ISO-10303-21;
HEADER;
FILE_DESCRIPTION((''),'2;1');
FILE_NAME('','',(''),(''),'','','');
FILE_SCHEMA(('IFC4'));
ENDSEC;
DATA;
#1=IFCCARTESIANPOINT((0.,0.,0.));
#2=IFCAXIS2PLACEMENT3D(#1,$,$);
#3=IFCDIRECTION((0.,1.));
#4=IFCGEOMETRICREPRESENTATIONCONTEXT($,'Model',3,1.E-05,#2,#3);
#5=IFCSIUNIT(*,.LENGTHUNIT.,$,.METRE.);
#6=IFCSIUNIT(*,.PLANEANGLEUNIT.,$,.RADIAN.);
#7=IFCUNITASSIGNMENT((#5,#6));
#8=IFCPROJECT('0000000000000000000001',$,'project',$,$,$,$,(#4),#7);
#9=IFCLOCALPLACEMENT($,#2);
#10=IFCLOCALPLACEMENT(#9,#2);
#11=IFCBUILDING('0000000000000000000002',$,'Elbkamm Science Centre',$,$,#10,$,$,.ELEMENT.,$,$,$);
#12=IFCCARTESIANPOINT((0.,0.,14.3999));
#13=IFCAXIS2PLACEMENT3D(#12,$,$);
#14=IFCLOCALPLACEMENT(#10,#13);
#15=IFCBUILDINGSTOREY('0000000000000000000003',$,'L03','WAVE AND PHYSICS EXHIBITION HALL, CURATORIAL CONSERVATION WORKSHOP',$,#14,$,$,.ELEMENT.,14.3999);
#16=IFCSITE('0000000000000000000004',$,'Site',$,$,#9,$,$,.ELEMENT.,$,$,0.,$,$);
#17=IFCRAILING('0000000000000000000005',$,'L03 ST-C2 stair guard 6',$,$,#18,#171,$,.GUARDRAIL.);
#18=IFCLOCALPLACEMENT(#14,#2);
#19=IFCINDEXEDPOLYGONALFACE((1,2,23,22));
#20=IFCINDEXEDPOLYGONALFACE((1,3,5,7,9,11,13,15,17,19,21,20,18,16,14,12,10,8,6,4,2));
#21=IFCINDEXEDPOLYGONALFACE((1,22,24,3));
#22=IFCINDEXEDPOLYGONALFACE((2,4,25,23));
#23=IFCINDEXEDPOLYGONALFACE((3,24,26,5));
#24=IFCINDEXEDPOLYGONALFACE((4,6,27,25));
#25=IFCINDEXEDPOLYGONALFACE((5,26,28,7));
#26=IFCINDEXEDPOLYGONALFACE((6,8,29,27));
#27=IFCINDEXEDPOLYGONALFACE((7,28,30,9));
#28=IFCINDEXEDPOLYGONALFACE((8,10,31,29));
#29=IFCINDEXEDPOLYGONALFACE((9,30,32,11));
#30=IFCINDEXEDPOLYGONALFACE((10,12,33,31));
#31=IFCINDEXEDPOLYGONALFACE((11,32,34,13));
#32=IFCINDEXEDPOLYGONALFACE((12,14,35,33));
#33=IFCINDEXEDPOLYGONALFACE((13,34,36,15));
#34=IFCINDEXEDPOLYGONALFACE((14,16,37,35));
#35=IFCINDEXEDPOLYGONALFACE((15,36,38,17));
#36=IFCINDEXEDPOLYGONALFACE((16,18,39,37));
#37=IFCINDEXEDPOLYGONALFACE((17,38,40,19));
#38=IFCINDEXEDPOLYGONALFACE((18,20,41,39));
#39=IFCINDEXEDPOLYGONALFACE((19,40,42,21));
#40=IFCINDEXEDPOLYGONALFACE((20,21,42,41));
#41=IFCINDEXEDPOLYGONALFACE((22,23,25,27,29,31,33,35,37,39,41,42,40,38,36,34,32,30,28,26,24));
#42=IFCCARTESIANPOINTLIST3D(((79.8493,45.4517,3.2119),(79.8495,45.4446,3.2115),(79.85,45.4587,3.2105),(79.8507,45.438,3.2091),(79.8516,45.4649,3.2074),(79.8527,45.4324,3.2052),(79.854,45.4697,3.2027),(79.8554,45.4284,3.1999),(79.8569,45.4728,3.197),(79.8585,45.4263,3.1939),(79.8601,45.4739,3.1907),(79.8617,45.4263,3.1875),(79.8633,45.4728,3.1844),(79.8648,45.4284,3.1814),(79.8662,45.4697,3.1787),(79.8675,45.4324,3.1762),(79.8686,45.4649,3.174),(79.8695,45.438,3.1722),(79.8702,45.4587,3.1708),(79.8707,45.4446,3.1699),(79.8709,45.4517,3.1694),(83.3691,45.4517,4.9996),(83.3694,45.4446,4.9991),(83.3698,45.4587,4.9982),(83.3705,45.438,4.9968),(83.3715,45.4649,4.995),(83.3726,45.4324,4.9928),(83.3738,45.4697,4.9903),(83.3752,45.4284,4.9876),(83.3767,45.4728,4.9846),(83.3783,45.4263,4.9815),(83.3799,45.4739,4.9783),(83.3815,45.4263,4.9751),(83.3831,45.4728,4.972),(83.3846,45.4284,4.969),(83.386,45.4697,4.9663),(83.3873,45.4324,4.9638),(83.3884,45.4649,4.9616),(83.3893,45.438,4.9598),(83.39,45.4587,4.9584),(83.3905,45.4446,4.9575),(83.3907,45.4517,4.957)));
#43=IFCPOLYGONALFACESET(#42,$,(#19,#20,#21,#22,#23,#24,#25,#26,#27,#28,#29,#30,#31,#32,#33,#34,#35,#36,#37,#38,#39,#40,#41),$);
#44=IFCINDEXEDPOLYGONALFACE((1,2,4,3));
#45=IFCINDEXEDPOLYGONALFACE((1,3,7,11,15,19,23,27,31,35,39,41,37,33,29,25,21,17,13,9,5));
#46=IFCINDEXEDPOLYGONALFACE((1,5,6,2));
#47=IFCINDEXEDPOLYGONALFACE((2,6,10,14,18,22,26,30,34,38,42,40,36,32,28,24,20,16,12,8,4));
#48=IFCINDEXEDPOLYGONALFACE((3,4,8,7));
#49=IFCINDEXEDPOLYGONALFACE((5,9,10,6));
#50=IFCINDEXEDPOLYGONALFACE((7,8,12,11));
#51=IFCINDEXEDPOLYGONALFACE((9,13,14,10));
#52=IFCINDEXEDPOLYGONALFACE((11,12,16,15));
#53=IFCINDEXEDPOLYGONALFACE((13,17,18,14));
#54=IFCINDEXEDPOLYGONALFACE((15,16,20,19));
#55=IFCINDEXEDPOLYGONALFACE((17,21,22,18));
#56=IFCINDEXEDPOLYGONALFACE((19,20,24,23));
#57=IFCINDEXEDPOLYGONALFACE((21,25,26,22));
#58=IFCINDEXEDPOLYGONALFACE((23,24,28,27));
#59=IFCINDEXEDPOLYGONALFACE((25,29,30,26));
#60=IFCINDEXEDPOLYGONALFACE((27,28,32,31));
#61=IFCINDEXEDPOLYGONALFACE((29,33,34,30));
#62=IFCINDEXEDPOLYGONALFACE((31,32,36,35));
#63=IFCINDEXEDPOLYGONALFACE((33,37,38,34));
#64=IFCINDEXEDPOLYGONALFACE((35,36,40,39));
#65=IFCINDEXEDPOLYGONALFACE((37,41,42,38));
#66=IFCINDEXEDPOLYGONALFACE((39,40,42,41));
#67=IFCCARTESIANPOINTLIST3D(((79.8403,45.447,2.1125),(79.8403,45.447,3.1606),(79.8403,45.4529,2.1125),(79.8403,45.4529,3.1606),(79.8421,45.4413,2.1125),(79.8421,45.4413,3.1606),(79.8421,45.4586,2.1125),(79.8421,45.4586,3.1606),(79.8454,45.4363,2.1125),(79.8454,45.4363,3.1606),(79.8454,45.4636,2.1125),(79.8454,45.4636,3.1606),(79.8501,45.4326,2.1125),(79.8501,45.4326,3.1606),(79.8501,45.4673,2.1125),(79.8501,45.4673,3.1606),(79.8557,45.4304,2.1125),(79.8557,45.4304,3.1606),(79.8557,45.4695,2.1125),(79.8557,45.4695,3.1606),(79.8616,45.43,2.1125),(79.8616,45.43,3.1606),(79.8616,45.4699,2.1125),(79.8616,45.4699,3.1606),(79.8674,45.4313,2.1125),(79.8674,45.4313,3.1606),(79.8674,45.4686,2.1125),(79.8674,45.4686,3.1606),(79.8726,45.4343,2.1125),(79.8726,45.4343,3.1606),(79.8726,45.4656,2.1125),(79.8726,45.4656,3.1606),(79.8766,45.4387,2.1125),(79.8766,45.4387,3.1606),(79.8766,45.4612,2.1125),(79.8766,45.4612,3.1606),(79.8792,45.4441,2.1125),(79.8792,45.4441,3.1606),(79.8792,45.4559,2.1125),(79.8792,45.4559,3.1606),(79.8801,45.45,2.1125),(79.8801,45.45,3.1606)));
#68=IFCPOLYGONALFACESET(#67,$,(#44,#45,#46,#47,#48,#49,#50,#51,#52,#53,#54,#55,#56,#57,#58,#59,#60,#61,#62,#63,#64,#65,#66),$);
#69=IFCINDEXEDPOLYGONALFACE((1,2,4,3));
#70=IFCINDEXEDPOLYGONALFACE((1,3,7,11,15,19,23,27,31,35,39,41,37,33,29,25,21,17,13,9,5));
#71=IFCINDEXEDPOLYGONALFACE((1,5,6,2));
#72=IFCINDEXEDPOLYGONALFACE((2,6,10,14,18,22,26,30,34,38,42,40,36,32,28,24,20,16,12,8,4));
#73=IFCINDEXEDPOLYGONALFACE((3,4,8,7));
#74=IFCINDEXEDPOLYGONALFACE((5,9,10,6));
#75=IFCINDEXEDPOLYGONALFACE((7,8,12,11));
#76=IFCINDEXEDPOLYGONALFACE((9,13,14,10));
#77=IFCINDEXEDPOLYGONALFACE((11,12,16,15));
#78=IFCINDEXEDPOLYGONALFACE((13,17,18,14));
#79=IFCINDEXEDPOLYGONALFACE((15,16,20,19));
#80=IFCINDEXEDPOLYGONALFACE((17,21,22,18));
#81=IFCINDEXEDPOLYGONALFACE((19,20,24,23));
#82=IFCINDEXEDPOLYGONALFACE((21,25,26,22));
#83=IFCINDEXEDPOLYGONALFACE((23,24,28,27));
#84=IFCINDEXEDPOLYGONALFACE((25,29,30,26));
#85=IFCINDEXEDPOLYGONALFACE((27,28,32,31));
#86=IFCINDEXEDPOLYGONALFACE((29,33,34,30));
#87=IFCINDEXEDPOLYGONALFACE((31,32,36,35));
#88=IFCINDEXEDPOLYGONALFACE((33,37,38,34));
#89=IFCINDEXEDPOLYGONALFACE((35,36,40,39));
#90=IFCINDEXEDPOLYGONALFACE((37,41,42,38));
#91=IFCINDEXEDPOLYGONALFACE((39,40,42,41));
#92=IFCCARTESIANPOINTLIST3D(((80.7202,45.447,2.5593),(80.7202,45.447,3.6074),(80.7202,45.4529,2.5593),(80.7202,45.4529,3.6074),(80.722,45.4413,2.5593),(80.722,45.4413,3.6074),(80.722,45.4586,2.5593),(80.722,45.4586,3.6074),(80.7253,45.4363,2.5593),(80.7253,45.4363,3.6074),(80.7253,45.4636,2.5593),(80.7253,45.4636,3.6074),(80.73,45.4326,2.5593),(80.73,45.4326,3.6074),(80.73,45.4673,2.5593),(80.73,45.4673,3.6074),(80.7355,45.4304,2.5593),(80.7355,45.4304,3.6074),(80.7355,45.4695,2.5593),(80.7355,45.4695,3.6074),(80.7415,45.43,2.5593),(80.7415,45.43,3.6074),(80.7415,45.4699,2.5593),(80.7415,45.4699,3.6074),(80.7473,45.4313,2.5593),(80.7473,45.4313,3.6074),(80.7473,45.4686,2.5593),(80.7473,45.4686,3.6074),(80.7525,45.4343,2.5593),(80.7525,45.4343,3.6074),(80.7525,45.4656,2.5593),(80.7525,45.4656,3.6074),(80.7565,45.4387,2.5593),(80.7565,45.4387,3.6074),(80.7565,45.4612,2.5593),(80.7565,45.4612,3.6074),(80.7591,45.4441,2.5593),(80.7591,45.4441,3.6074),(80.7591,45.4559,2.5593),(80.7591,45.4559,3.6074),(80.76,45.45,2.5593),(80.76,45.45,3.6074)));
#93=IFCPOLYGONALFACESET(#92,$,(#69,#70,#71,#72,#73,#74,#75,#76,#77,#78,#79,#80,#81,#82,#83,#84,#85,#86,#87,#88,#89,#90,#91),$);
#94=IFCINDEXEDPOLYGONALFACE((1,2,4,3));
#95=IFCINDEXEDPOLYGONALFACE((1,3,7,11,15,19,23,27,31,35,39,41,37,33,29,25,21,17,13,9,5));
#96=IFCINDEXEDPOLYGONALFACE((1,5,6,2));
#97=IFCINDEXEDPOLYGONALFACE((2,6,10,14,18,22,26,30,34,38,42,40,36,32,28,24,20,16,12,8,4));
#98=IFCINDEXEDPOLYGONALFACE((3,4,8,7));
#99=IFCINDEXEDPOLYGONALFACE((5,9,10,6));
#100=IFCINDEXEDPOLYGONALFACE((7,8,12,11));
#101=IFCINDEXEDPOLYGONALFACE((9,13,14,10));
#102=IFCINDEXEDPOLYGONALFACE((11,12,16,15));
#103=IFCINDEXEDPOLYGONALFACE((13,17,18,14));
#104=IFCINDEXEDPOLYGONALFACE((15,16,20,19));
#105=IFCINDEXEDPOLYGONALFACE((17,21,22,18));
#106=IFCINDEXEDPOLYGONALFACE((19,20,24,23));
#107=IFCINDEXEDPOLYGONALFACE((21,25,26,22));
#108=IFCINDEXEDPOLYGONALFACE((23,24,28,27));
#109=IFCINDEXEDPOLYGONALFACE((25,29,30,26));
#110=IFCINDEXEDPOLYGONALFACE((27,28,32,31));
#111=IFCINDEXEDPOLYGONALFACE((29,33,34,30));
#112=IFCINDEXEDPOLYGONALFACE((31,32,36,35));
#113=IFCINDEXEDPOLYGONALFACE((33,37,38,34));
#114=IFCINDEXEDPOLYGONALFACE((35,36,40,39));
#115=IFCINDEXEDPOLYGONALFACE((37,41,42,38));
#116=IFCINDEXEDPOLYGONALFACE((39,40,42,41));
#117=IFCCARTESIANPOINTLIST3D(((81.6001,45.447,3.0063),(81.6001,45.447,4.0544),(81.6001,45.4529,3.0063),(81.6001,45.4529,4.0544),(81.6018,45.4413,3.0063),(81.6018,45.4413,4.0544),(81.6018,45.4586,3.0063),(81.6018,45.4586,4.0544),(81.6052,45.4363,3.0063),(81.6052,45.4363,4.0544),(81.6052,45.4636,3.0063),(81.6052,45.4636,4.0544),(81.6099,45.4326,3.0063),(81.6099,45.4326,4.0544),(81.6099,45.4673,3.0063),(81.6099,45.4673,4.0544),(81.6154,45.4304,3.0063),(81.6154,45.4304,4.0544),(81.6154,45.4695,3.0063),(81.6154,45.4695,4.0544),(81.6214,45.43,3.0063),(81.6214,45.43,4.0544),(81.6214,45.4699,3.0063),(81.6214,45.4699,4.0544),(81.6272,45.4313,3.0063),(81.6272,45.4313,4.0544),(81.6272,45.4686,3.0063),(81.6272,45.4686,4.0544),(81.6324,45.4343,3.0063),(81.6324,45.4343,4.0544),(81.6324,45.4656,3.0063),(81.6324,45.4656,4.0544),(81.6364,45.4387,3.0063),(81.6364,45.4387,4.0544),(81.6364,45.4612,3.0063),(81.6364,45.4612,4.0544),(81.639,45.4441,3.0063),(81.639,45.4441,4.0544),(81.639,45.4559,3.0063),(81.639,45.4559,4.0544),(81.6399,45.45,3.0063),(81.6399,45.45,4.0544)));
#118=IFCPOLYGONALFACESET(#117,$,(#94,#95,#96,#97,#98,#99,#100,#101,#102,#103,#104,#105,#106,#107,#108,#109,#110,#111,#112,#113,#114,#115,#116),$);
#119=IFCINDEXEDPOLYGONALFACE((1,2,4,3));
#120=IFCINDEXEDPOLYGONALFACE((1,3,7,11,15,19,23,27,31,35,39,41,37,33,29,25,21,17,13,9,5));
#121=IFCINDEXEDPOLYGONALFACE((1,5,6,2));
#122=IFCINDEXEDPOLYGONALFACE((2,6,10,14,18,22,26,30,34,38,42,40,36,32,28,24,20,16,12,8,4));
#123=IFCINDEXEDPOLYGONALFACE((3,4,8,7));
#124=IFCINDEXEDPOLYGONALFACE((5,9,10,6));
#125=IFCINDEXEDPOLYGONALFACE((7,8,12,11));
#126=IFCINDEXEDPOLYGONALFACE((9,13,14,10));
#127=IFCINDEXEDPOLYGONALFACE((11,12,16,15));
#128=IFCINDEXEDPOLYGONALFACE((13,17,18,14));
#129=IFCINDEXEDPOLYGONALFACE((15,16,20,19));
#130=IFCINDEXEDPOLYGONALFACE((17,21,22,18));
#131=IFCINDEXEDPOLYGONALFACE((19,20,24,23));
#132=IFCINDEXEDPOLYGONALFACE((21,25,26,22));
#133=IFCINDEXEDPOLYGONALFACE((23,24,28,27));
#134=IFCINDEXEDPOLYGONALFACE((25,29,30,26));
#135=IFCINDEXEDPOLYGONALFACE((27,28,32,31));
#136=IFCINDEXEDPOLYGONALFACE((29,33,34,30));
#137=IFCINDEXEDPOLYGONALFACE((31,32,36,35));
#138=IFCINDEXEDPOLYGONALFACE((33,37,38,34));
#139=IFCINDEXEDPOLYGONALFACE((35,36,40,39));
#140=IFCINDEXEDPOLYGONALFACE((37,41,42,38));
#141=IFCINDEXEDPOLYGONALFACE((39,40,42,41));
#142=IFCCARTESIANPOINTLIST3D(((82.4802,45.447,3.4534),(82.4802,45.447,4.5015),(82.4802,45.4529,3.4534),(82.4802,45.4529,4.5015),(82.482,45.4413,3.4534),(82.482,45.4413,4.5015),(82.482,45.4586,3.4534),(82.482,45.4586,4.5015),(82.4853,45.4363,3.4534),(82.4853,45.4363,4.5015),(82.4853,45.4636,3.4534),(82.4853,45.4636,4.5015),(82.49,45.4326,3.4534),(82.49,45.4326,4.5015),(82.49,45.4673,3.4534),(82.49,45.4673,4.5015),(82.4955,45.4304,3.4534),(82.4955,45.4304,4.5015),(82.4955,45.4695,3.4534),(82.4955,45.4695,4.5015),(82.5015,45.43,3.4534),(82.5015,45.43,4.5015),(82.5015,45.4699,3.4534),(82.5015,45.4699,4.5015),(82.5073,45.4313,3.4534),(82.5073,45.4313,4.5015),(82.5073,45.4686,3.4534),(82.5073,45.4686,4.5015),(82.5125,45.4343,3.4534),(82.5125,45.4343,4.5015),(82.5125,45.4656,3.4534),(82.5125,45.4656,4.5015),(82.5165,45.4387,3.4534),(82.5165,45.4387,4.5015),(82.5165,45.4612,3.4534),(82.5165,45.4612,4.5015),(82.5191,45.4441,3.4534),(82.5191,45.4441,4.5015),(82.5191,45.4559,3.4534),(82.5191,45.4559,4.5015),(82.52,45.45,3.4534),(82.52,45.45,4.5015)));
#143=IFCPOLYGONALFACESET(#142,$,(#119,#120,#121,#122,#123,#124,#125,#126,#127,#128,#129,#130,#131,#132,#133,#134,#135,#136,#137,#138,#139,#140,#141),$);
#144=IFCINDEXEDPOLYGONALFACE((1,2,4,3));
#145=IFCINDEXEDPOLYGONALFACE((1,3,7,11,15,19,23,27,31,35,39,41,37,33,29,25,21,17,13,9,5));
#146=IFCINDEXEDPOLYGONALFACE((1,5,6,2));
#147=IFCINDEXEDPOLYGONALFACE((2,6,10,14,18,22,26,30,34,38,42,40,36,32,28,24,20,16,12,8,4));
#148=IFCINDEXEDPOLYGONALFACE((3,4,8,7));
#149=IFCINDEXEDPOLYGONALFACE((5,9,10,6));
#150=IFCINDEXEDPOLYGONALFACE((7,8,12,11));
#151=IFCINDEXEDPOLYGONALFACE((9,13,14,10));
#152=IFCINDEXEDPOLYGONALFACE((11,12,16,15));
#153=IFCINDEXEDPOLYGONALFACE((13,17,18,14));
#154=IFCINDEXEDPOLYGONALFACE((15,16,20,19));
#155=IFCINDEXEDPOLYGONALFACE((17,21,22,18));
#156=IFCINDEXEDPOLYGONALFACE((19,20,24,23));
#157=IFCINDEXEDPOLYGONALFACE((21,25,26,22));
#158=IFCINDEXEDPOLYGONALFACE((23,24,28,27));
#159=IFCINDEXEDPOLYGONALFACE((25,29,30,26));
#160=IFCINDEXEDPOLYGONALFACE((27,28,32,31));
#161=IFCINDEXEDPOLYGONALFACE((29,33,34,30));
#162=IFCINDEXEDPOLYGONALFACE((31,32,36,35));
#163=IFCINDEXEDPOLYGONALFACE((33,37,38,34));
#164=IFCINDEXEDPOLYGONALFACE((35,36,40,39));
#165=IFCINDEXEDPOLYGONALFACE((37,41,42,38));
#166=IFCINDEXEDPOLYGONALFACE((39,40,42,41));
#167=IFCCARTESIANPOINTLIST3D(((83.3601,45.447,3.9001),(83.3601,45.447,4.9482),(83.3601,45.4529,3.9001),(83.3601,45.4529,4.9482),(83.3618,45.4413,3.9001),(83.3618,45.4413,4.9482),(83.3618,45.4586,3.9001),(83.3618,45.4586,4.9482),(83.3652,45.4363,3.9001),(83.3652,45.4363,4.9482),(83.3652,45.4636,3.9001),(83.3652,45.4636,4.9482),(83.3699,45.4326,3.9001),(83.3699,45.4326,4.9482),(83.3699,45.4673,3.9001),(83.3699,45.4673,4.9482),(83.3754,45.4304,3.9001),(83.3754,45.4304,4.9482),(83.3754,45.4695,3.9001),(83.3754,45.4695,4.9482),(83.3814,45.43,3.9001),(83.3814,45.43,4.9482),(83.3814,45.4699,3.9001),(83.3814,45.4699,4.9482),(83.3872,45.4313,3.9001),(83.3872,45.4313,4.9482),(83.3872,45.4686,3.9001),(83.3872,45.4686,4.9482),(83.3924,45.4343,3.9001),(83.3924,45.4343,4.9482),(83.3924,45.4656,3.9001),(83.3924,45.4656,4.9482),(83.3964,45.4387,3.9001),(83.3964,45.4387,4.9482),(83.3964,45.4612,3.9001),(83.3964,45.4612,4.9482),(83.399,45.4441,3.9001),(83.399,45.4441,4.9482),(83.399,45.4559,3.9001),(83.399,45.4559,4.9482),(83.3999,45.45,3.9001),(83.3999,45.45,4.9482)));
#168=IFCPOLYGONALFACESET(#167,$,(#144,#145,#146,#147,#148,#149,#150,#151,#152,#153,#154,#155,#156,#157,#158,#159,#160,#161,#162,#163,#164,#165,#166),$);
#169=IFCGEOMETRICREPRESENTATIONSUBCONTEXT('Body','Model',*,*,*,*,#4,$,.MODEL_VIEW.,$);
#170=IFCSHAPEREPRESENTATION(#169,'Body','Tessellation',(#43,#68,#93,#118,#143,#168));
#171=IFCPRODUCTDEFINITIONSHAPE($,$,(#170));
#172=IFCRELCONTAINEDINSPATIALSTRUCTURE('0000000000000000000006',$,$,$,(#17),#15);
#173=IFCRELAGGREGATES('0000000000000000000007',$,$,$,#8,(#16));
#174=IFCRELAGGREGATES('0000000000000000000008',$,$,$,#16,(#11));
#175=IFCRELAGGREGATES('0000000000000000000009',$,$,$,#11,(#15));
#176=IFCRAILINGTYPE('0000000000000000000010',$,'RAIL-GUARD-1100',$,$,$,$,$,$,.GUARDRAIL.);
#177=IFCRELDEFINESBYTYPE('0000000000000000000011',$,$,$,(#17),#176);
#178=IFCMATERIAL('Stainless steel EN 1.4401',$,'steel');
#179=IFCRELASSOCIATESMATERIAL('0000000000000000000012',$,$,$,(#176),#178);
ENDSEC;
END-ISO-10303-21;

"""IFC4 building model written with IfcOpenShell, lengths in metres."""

from ifc_helpers import new_model, si_unit, direction, frame, origin, origin_2d, place, context, subcontext, project, spatial, circle, extrude, material, type_object, element, save


model = new_model("IFC4")

# Units and contexts
model_context = context("Model", 3, precision=1e-05, world=origin(), true_north=direction((0.0, 1.0)))
body_context = subcontext(model_context, "Body", "Model", "MODEL_VIEW")
ifc_project = project(units=[si_unit("LENGTHUNIT", "METRE"), si_unit("PLANEANGLEUNIT", "RADIAN")], contexts=[model_context])

# Site, building, storey
site_placement = place(None, origin())
site = spatial("IfcSite", under=ifc_project, at=site_placement, Name="Site", CompositionType="ELEMENT", RefElevation=0.0)
building_placement = place(site_placement, origin())
building = spatial("IfcBuilding", under=site, at=building_placement, Name="Elbkamm Science Centre", CompositionType="ELEMENT")
storey_placement = place(building_placement, frame((0.0, 0.0, 14.3999)))
storey = spatial("IfcBuildingStorey", under=building, at=storey_placement, Name="L03", Description="WAVE AND PHYSICS EXHIBITION HALL, CURATORIAL CONSERVATION WORKSHOP", CompositionType="ELEMENT", Elevation=14.3999)

# Railing
ifc_material_1 = material(Name="Stainless steel EN 1.4401", Category="steel")
railing_type_1 = type_object("IfcRailingType", Name="RAIL-GUARD-1100", PredefinedType="GUARDRAIL", material=ifc_material_1)
railing_1_placement = place(storey_placement, frame((79.8601, 45.45, 2.1125)))
element("IfcRailing", 1, at=railing_1_placement, inside=storey, type_object=railing_type_1, Name="L03 ST-C2 stair guard 6", PredefinedType="GUARDRAIL", context=body_context, shape_type="SweptSolid", body=[
    extrude(circle(Radius=0.0239, at=origin_2d()), frame((0.0, 0.0, 1.0781), z_axis=(0.891602, 0.0, 0.45282), x_axis=(0.0, 1.0, 0.0)), (0.0, 0.0, 1.0), 3.9478),
    extrude(circle(Radius=0.02, at=origin_2d()), origin(), (0.0, 0.0, 1.0), 1.0481),
    extrude(circle(Radius=0.02, at=origin_2d()), frame((0.8799, 0.0, 0.4468)), (0.0, 0.0, 1.0), 1.0481),
    extrude(circle(Radius=0.02, at=origin_2d()), frame((1.7598, 0.0, 0.8938)), (0.0, 0.0, 1.0), 1.0481),
    extrude(circle(Radius=0.02, at=origin_2d()), frame((2.6399, 0.0, 1.3408)), (0.0, 0.0, 1.0), 1.0481),
    extrude(circle(Radius=0.02, at=origin_2d()), frame((3.5198, 0.0, 1.7876)), (0.0, 0.0, 1.0), 1.0481),
])

save(model, "model.ifc")
